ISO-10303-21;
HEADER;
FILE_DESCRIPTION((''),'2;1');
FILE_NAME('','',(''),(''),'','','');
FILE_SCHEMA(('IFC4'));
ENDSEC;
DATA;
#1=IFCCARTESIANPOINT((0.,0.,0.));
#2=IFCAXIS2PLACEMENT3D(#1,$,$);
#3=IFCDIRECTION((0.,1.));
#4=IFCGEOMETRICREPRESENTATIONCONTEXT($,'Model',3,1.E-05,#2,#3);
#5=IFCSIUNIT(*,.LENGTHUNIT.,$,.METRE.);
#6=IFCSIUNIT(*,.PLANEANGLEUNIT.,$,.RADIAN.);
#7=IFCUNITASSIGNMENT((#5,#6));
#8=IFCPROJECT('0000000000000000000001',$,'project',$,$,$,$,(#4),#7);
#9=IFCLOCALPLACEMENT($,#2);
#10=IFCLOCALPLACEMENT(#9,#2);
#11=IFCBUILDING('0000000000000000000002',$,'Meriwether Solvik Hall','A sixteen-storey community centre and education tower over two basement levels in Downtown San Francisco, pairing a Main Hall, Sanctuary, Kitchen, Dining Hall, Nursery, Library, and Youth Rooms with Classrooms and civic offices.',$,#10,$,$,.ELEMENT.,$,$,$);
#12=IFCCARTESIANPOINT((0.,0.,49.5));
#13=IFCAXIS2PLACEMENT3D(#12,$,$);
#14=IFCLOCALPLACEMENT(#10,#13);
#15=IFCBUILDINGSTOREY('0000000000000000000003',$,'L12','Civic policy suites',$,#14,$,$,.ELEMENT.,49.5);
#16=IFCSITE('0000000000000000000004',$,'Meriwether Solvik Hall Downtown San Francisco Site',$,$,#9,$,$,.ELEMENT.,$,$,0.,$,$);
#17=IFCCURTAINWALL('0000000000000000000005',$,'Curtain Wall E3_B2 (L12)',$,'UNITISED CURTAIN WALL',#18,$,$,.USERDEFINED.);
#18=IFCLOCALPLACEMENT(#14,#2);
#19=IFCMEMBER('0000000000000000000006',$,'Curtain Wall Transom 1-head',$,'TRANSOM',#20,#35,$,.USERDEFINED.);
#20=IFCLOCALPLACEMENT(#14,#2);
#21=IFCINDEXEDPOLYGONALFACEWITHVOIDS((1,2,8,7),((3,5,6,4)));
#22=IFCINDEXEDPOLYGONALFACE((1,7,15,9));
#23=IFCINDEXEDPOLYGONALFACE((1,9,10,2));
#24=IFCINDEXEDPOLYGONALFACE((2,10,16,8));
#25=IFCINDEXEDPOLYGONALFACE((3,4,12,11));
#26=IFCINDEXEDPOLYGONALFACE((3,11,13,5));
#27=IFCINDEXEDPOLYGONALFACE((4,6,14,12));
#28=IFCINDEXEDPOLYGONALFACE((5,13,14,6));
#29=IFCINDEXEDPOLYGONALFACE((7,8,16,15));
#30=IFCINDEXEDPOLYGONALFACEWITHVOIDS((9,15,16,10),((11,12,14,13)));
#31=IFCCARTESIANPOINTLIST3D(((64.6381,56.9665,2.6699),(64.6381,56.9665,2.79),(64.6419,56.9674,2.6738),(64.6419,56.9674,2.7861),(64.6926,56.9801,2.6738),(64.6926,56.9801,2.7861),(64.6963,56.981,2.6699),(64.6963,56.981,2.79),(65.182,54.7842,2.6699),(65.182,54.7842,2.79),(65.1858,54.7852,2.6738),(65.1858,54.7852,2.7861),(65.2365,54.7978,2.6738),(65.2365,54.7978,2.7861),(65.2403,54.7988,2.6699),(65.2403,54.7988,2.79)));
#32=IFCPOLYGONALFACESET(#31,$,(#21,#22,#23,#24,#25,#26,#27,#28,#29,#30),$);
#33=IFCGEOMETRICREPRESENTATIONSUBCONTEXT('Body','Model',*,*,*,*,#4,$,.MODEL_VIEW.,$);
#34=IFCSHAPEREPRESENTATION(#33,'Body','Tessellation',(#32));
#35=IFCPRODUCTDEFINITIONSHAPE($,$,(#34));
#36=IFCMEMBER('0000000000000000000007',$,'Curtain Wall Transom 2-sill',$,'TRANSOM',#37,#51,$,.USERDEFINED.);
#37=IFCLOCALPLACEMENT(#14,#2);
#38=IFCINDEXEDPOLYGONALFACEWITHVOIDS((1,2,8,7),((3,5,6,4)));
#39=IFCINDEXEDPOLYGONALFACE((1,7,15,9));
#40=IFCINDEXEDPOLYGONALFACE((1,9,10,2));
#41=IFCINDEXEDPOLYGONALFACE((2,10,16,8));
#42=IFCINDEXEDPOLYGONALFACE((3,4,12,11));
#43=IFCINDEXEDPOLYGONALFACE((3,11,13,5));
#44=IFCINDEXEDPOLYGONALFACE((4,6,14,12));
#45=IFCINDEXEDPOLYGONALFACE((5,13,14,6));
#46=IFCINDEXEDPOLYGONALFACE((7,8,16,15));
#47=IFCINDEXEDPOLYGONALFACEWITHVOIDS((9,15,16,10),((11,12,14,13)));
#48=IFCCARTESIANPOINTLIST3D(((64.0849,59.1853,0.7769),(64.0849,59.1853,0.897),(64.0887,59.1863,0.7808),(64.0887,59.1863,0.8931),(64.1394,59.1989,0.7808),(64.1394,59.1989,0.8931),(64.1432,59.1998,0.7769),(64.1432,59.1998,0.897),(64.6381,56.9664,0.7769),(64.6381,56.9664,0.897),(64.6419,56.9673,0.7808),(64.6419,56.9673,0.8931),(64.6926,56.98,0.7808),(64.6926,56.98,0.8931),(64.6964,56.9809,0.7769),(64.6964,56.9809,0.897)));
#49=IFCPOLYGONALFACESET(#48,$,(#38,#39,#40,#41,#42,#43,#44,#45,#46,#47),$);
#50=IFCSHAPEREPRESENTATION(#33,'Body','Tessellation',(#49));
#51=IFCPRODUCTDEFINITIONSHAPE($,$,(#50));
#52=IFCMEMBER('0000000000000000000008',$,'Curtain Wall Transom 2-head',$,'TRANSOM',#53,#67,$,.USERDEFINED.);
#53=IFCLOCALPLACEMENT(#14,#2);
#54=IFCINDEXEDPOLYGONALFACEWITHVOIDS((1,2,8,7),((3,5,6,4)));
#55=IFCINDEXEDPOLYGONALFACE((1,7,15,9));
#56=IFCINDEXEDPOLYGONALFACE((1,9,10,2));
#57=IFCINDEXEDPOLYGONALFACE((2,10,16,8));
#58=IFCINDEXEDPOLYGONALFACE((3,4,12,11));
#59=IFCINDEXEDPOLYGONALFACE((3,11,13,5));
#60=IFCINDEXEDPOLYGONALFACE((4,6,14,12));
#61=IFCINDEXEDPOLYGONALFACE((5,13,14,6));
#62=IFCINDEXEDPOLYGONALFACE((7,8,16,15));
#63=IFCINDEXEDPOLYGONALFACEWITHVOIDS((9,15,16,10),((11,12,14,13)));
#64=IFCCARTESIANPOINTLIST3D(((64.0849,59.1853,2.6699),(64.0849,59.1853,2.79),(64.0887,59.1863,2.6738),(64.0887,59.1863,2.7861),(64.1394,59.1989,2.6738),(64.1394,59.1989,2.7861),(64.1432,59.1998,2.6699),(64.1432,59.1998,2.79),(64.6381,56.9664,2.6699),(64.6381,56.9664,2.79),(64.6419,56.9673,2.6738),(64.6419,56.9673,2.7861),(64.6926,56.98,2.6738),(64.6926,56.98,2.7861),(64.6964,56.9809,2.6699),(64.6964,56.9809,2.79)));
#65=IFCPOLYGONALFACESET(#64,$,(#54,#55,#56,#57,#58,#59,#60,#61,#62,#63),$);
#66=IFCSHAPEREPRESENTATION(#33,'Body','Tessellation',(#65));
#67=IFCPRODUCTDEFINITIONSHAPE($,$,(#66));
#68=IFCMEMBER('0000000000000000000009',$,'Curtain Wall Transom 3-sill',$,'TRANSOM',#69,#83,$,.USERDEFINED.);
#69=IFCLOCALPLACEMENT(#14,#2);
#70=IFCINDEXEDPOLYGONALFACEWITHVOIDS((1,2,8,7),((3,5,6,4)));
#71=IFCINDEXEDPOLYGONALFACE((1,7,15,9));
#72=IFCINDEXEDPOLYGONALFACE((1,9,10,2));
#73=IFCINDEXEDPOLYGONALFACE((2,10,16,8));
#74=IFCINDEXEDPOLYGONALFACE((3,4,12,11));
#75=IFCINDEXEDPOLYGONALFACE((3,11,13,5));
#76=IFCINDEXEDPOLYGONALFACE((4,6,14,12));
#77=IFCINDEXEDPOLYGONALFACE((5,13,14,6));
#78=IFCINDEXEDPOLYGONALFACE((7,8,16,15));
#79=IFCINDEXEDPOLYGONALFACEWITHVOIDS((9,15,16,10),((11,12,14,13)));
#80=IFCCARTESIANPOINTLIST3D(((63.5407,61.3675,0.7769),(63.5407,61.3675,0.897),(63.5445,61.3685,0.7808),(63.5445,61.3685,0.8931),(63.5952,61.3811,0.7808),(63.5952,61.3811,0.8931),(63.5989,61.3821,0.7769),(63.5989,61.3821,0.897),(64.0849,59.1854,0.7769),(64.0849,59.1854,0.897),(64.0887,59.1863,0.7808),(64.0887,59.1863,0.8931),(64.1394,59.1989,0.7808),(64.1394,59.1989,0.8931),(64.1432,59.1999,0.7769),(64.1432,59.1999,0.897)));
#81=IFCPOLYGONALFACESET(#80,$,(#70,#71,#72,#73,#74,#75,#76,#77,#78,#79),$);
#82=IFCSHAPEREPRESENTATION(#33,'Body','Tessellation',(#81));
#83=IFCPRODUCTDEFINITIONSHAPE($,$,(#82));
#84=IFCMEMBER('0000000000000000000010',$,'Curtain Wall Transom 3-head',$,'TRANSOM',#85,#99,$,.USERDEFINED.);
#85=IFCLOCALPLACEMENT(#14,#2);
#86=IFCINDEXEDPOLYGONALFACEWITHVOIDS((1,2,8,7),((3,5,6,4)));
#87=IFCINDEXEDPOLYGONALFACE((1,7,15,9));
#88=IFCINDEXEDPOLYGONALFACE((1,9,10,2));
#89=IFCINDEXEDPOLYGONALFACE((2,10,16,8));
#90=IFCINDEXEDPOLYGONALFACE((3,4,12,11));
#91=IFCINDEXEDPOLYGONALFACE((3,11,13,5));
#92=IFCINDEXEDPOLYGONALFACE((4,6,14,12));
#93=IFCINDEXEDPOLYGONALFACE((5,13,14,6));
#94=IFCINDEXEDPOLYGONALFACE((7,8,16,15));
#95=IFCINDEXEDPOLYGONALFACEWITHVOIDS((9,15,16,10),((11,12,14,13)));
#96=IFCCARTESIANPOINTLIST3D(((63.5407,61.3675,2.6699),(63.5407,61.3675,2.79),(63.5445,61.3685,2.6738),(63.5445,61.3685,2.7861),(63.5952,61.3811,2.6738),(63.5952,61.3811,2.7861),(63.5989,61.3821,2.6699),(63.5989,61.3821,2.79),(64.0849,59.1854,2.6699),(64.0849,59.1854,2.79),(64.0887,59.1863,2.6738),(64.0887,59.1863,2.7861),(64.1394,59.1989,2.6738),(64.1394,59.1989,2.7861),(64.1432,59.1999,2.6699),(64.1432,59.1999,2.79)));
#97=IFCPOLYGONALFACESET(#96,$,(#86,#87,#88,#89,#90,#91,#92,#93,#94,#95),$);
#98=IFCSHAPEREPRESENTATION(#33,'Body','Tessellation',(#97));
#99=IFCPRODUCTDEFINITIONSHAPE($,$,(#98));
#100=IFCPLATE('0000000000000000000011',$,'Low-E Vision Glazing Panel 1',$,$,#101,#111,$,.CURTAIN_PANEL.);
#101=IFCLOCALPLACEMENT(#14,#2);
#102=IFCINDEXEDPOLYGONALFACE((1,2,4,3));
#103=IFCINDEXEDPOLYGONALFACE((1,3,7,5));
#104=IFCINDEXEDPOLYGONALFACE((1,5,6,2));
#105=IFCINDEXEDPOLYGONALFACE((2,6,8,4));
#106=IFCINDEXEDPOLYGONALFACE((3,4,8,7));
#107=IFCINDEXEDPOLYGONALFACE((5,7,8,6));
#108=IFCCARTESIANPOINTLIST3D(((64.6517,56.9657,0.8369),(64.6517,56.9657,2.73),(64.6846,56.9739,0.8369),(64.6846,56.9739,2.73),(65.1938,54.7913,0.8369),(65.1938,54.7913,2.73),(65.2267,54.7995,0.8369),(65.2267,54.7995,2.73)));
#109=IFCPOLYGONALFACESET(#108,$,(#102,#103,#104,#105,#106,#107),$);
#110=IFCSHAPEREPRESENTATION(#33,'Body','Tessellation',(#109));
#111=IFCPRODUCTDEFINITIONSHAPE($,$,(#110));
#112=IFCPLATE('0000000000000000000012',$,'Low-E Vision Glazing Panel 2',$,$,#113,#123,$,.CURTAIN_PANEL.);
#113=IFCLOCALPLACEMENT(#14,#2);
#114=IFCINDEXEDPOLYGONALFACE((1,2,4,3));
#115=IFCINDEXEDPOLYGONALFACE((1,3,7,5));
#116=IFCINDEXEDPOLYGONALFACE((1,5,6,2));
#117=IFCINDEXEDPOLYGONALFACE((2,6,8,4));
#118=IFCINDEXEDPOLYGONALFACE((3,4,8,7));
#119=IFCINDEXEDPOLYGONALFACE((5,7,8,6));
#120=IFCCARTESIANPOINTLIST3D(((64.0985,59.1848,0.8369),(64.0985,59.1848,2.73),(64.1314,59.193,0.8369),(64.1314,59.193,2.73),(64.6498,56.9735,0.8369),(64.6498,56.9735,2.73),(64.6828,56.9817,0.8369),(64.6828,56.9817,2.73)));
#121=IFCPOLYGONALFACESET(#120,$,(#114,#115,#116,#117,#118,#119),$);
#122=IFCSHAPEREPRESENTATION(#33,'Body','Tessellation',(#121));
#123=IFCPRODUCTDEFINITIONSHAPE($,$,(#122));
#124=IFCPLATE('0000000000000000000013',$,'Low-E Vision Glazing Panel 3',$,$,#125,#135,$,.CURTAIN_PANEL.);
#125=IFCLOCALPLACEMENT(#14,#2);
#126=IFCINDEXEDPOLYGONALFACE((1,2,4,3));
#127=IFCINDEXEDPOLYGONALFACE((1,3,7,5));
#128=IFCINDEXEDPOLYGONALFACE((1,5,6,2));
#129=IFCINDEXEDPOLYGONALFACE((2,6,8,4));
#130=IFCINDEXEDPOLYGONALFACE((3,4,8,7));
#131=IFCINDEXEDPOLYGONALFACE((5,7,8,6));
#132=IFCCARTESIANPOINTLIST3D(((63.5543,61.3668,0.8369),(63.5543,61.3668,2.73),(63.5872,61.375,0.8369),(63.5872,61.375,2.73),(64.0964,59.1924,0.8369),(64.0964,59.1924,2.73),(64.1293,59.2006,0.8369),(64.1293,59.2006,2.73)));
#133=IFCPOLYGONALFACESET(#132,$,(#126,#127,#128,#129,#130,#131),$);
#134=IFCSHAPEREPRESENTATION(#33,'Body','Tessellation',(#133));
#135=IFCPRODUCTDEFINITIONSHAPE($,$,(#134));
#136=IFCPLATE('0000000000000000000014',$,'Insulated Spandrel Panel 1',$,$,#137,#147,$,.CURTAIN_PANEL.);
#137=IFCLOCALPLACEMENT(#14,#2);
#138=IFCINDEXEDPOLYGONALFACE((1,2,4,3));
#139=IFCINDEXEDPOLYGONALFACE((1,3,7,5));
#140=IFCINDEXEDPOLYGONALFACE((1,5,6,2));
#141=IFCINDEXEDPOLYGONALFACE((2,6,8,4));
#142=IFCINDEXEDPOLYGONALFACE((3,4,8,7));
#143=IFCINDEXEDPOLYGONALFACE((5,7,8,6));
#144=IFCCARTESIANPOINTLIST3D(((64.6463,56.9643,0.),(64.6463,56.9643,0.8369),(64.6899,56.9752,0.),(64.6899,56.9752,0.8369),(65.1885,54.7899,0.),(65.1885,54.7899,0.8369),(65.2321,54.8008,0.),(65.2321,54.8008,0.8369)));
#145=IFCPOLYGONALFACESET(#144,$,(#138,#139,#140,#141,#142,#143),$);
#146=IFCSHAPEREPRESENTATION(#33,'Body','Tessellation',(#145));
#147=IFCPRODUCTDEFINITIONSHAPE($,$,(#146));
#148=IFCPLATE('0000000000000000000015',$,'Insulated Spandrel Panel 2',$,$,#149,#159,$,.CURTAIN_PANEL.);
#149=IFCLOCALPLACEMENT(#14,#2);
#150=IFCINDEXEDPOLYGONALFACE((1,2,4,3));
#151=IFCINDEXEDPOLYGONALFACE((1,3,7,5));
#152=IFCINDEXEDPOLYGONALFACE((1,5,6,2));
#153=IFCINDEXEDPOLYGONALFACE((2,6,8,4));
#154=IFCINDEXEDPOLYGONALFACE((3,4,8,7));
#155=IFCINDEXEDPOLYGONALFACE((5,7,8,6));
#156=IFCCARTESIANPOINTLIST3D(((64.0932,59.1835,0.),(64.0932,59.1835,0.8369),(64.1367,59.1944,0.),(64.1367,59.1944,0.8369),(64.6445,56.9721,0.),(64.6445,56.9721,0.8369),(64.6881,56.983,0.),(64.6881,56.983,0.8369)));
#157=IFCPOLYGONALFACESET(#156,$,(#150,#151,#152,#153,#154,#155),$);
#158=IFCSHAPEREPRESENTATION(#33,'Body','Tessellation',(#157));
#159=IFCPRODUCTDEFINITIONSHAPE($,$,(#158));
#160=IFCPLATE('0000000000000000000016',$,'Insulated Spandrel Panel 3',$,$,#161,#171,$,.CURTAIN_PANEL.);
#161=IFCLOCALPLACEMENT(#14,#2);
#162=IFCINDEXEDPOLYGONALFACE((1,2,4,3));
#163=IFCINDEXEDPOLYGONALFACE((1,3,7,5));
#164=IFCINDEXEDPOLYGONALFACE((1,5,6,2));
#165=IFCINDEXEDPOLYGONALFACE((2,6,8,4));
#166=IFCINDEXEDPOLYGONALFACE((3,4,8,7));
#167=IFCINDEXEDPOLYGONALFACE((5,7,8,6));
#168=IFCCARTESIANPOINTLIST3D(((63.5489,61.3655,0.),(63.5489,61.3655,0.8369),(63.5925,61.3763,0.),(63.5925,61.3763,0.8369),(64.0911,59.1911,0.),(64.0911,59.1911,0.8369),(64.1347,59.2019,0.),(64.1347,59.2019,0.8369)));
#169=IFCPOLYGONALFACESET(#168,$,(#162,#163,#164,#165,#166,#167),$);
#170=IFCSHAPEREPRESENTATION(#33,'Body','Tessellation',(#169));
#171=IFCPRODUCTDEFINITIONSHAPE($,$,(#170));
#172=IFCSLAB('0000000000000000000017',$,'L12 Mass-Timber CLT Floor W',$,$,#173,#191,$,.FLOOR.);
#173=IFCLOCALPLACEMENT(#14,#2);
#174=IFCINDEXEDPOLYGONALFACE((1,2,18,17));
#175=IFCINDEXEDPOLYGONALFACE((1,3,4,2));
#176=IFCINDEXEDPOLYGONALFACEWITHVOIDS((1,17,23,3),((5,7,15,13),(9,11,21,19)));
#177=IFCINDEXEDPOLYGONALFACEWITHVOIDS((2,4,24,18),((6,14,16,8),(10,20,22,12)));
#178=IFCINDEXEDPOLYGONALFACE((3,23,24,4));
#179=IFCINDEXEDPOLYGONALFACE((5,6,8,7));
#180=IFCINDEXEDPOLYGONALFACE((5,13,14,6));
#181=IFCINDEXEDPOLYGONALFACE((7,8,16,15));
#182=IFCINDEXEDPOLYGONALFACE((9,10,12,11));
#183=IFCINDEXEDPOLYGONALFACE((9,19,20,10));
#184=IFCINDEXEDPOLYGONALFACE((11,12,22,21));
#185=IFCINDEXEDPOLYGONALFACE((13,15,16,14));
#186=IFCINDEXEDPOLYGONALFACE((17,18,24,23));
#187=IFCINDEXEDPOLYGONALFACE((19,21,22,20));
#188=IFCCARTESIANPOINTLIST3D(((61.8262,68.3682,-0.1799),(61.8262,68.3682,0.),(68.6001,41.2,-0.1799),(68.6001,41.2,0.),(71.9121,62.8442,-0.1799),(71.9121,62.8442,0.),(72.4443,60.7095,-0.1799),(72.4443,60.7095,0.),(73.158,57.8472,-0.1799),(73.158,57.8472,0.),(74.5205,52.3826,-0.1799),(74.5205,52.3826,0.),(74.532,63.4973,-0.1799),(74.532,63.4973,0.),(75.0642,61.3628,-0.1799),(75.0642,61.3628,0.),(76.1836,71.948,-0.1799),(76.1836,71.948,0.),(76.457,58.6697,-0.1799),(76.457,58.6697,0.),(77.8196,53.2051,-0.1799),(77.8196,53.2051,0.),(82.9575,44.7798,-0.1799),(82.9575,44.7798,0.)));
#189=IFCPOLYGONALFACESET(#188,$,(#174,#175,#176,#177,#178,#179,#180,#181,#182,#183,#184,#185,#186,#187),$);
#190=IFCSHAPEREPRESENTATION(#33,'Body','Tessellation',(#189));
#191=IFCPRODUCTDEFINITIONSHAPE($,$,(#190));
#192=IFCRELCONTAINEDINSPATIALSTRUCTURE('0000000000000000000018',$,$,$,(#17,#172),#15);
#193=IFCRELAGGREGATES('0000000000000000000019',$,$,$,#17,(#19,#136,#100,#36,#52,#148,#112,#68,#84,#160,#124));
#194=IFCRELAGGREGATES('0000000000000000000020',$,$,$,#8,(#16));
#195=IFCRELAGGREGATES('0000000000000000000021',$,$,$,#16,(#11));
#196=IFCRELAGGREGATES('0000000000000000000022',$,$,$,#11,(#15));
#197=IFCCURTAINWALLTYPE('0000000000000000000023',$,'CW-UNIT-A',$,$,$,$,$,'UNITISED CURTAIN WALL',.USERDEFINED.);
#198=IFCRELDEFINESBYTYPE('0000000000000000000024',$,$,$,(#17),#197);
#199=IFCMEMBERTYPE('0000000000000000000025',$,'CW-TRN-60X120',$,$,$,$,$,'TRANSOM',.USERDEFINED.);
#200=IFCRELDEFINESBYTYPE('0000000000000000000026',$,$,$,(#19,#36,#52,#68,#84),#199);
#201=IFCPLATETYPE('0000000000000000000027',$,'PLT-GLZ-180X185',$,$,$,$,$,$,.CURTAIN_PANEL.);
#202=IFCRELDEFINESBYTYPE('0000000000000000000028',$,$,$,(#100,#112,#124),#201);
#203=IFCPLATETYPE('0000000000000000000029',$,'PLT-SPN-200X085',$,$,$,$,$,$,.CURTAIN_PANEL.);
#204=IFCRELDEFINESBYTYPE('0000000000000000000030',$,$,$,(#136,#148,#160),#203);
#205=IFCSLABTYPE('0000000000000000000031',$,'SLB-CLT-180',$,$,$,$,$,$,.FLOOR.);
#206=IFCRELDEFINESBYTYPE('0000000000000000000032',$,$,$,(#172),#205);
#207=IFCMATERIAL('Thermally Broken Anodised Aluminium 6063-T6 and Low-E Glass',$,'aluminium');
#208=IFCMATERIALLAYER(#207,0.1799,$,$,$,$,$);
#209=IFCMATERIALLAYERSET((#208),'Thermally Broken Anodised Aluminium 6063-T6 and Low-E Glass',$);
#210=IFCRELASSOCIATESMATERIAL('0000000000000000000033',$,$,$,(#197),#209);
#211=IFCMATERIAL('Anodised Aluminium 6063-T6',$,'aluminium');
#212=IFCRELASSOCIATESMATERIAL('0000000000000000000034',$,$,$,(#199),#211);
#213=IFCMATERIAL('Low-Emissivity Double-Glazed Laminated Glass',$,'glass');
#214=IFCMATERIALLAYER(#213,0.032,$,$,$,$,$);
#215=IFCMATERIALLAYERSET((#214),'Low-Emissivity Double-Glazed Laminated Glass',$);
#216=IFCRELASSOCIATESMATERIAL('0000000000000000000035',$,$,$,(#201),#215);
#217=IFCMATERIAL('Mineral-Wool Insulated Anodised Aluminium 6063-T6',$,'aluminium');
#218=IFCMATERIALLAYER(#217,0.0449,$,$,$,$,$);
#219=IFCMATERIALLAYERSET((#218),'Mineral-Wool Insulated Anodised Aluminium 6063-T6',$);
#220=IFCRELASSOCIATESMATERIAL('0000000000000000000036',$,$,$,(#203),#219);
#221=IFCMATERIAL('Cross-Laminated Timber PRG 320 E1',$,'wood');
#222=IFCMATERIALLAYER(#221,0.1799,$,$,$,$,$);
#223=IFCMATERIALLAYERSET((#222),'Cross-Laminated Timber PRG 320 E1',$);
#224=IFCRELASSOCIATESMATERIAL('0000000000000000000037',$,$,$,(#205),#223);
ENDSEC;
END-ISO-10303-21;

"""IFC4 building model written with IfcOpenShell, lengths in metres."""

from ifc_helpers import new_model, si_unit, direction, frame, origin, origin_2d, place, context, subcontext, project, spatial, polyline, rectangle, hollow_rectangle, outline, extrude, material, layer, layer_set, material_profile, profile_set, type_object, element, aggregate, save


model = new_model("IFC4")

# Units and contexts
model_context = context("Model", 3, precision=1e-05, world=origin(), true_north=direction((0.0, 1.0)))
body_context = subcontext(model_context, "Body", "Model", "MODEL_VIEW")
ifc_project = project(units=[si_unit("LENGTHUNIT", "METRE"), si_unit("PLANEANGLEUNIT", "RADIAN")], contexts=[model_context])

# Site, building, storey
site_placement = place(None, origin())
site = spatial("IfcSite", under=ifc_project, at=site_placement, Name="Meriwether Solvik Hall Downtown San Francisco Site", CompositionType="ELEMENT", RefElevation=0.0)
building_placement = place(site_placement, origin())
building = spatial("IfcBuilding", under=site, at=building_placement, Name="Meriwether Solvik Hall", Description="A sixteen-storey community centre and education tower over two basement levels in Downtown San Francisco, pairing a Main Hall, Sanctuary, Kitchen, Dining Hall, Nursery, Library, and Youth Rooms with Classrooms and civic offices.", CompositionType="ELEMENT")
storey_placement = place(building_placement, frame((0.0, 0.0, 49.5)))
storey = spatial("IfcBuildingStorey", under=building, at=storey_placement, Name="L12", Description="Civic policy suites", CompositionType="ELEMENT", Elevation=49.5)

# Curtain wall, members, plates
ifc_material_1 = material(Name="Thermally Broken Anodised Aluminium 6063-T6 and Low-E Glass", Category="aluminium")
ifc_layer_1 = layer(ifc_material_1, 0.1799)
ifc_layer_set_1 = layer_set([ifc_layer_1], Name="Thermally Broken Anodised Aluminium 6063-T6 and Low-E Glass")
curtain_wall_type_1 = type_object("IfcCurtainWallType", Name="CW-UNIT-A", ElementType="UNITISED CURTAIN WALL", PredefinedType="USERDEFINED", material=ifc_layer_set_1)
curtain_wall_1_placement = place(storey_placement, origin())
curtain_wall_1 = element("IfcCurtainWall", 1, at=curtain_wall_1_placement, inside=storey, type_object=curtain_wall_type_1, Name="Curtain Wall E3_B2 (L12)", ObjectType="UNITISED CURTAIN WALL", PredefinedType="USERDEFINED")
ifc_material_2 = material(Name="Anodised Aluminium 6063-T6", Category="aluminium")
ifc_material_profile_1 = material_profile(ifc_material_2, hollow_rectangle(XDim=0.0601, YDim=0.1201, WallThickness=0.0039, at=origin_2d()), Name="CWT-60X120")
ifc_profile_set_1 = profile_set([ifc_material_profile_1], Name="Anodised Aluminium 6063-T6")
member_type_1 = type_object("IfcMemberType", Name="CW-TRN-60X120", ElementType="TRANSOM", PredefinedType="USERDEFINED", material=ifc_profile_set_1)
member_1_placement = place(storey_placement, frame((65.2112, 54.7915, 2.73), z_axis=(-0.241871, 0.970308, 0.0), x_axis=(-0.970308, -0.241871, 0.0)))
member_1 = element("IfcMember", 2, at=member_1_placement, type_object=member_type_1, Name="Curtain Wall Transom 1-head", ObjectType="TRANSOM", PredefinedType="USERDEFINED", context=body_context, shape_type="SweptSolid", body=[
    extrude(hollow_rectangle(XDim=0.0601, YDim=0.1201, WallThickness=0.0039, at=origin_2d()), origin(), (0.0, 0.0, 1.0), 2.249),
])
member_2_placement = place(storey_placement, frame((64.6672, 56.9736, 0.8369), z_axis=(-0.241908, 0.970299, 0.0), x_axis=(-0.970299, -0.241908, 0.0)))
member_2 = element("IfcMember", 3, at=member_2_placement, type_object=member_type_1, Name="Curtain Wall Transom 2-sill", ObjectType="TRANSOM", PredefinedType="USERDEFINED", context=body_context, shape_type="SweptSolid", body=[
    extrude(hollow_rectangle(XDim=0.0601, YDim=0.1201, WallThickness=0.0039, at=origin_2d()), origin(), (0.0, 0.0, 1.0), 2.2869),
])
member_3_placement = place(storey_placement, frame((64.6672, 56.9736, 2.73), z_axis=(-0.241908, 0.970299, 0.0), x_axis=(-0.970299, -0.241908, 0.0)))
member_3 = element("IfcMember", 4, at=member_3_placement, type_object=member_type_1, Name="Curtain Wall Transom 2-head", ObjectType="TRANSOM", PredefinedType="USERDEFINED", context=body_context, shape_type="SweptSolid", body=[
    extrude(hollow_rectangle(XDim=0.0601, YDim=0.1201, WallThickness=0.0039, at=origin_2d()), origin(), (0.0, 0.0, 1.0), 2.2869),
])
member_4_placement = place(storey_placement, frame((64.114, 59.1926, 0.8369), z_axis=(-0.241974, 0.970283, 0.0), x_axis=(-0.970283, -0.241974, 0.0)))
member_4 = element("IfcMember", 5, at=member_4_placement, type_object=member_type_1, Name="Curtain Wall Transom 3-sill", ObjectType="TRANSOM", PredefinedType="USERDEFINED", context=body_context, shape_type="SweptSolid", body=[
    extrude(hollow_rectangle(XDim=0.0601, YDim=0.1201, WallThickness=0.0039, at=origin_2d()), origin(), (0.0, 0.0, 1.0), 2.249),
])
member_5_placement = place(storey_placement, frame((64.114, 59.1926, 2.73), z_axis=(-0.241974, 0.970283, 0.0), x_axis=(-0.970283, -0.241974, 0.0)))
member_5 = element("IfcMember", 6, at=member_5_placement, type_object=member_type_1, Name="Curtain Wall Transom 3-head", ObjectType="TRANSOM", PredefinedType="USERDEFINED", context=body_context, shape_type="SweptSolid", body=[
    extrude(hollow_rectangle(XDim=0.0601, YDim=0.1201, WallThickness=0.0039, at=origin_2d()), origin(), (0.0, 0.0, 1.0), 2.249),
])
ifc_material_3 = material(Name="Low-Emissivity Double-Glazed Laminated Glass", Category="glass")
ifc_layer_2 = layer(ifc_material_3, 0.032)
ifc_layer_set_2 = layer_set([ifc_layer_2], Name="Low-Emissivity Double-Glazed Laminated Glass")
plate_type_1 = type_object("IfcPlateType", Name="PLT-GLZ-180X185", PredefinedType="CURTAIN_PANEL", material=ifc_layer_set_2)
plate_1_placement = place(storey_placement, frame((64.9392, 55.8826, 0.8369), z_axis=(0.0, 0.0, 1.0), x_axis=(-0.241922, 0.970296, 0.0)))
plate_1 = element("IfcPlate", 7, at=plate_1_placement, type_object=plate_type_1, Name="Low-E Vision Glazing Panel 1", PredefinedType="CURTAIN_PANEL", context=body_context, shape_type="SweptSolid", body=[
    extrude(rectangle(XDim=2.241, YDim=0.0339, at=origin_2d()), origin(), (0.0, 0.0, 1.0), 1.8931),
])
plate_2_placement = place(storey_placement, frame((64.3906, 58.0833, 0.8369), z_axis=(0.0, 0.0, 1.0), x_axis=(-0.241922, 0.970296, 0.0)))
plate_2 = element("IfcPlate", 8, at=plate_2_placement, type_object=plate_type_1, Name="Low-E Vision Glazing Panel 2", PredefinedType="CURTAIN_PANEL", context=body_context, shape_type="SweptSolid", body=[
    extrude(rectangle(XDim=2.2791, YDim=0.0339, at=origin_2d()), origin(), (0.0, 0.0, 1.0), 1.8931),
])
plate_3_placement = place(storey_placement, frame((63.8418, 60.2837, 0.8369), z_axis=(0.0, 0.0, 1.0), x_axis=(-0.241922, 0.970296, 0.0)))
plate_3 = element("IfcPlate", 9, at=plate_3_placement, type_object=plate_type_1, Name="Low-E Vision Glazing Panel 3", PredefinedType="CURTAIN_PANEL", context=body_context, shape_type="SweptSolid", body=[
    extrude(rectangle(XDim=2.241, YDim=0.0339, at=origin_2d()), origin(), (0.0, 0.0, 1.0), 1.8931),
])
ifc_material_4 = material(Name="Mineral-Wool Insulated Anodised Aluminium 6063-T6", Category="aluminium")
ifc_layer_3 = layer(ifc_material_4, 0.0449)
ifc_layer_set_3 = layer_set([ifc_layer_3], Name="Mineral-Wool Insulated Anodised Aluminium 6063-T6")
plate_type_2 = type_object("IfcPlateType", Name="PLT-SPN-200X085", PredefinedType="CURTAIN_PANEL", material=ifc_layer_set_3)
plate_4_placement = place(storey_placement, frame((64.9392, 55.8826, 0.0), z_axis=(0.0, 0.0, 1.0), x_axis=(-0.241922, 0.970296, 0.0)))
plate_4 = element("IfcPlate", 10, at=plate_4_placement, type_object=plate_type_2, Name="Insulated Spandrel Panel 1", PredefinedType="CURTAIN_PANEL", context=body_context, shape_type="SweptSolid", body=[
    extrude(rectangle(XDim=2.241, YDim=0.0449, at=origin_2d()), origin(), (0.0, 0.0, 1.0), 0.8369),
])
plate_5_placement = place(storey_placement, frame((64.3906, 58.0833, 0.0), z_axis=(0.0, 0.0, 1.0), x_axis=(-0.241922, 0.970296, 0.0)))
plate_5 = element("IfcPlate", 11, at=plate_5_placement, type_object=plate_type_2, Name="Insulated Spandrel Panel 2", PredefinedType="CURTAIN_PANEL", context=body_context, shape_type="SweptSolid", body=[
    extrude(rectangle(XDim=2.2791, YDim=0.0449, at=origin_2d()), origin(), (0.0, 0.0, 1.0), 0.8369),
])
plate_6_placement = place(storey_placement, frame((63.8418, 60.2837, 0.0), z_axis=(0.0, 0.0, 1.0), x_axis=(-0.241922, 0.970296, 0.0)))
plate_6 = element("IfcPlate", 12, at=plate_6_placement, type_object=plate_type_2, Name="Insulated Spandrel Panel 3", PredefinedType="CURTAIN_PANEL", context=body_context, shape_type="SweptSolid", body=[
    extrude(rectangle(XDim=2.241, YDim=0.0449, at=origin_2d()), origin(), (0.0, 0.0, 1.0), 0.8369),
])
aggregate(curtain_wall_1, [member_1, plate_4, plate_1, member_2, member_3, plate_5, plate_2, member_4, member_5, plate_6, plate_3])

# Slab
ifc_material_5 = material(Name="Cross-Laminated Timber PRG 320 E1", Category="wood")
ifc_layer_4 = layer(ifc_material_5, 0.1799)
ifc_layer_set_4 = layer_set([ifc_layer_4], Name="Cross-Laminated Timber PRG 320 E1")
slab_type_1 = type_object("IfcSlabType", Name="SLB-CLT-180", PredefinedType="FLOOR", material=ifc_layer_set_4)
slab_1_placement = place(storey_placement, frame((0.0, 0.0, -0.1799)))
element("IfcSlab", 13, at=slab_1_placement, inside=storey, type_object=slab_type_1, Name="L12 Mass-Timber CLT Floor W", PredefinedType="FLOOR", context=body_context, shape_type="SweptSolid", body=[
    extrude(outline(polyline([(76.1836, 71.948), (82.9575, 44.7798), (68.6001, 41.2), (61.8262, 68.3682), (76.1836, 71.948)]), holes=[polyline([(74.5205, 52.3826), (77.8196, 53.2051), (76.457, 58.6697), (73.158, 57.8472), (74.5205, 52.3826)]), polyline([(71.9121, 62.8442), (72.4443, 60.7095), (75.0642, 61.3628), (74.532, 63.4973), (71.9121, 62.8442)])]), origin(), (0.0, 0.0, 1.0), 0.1799),
])

save(model, "model.ifc")
